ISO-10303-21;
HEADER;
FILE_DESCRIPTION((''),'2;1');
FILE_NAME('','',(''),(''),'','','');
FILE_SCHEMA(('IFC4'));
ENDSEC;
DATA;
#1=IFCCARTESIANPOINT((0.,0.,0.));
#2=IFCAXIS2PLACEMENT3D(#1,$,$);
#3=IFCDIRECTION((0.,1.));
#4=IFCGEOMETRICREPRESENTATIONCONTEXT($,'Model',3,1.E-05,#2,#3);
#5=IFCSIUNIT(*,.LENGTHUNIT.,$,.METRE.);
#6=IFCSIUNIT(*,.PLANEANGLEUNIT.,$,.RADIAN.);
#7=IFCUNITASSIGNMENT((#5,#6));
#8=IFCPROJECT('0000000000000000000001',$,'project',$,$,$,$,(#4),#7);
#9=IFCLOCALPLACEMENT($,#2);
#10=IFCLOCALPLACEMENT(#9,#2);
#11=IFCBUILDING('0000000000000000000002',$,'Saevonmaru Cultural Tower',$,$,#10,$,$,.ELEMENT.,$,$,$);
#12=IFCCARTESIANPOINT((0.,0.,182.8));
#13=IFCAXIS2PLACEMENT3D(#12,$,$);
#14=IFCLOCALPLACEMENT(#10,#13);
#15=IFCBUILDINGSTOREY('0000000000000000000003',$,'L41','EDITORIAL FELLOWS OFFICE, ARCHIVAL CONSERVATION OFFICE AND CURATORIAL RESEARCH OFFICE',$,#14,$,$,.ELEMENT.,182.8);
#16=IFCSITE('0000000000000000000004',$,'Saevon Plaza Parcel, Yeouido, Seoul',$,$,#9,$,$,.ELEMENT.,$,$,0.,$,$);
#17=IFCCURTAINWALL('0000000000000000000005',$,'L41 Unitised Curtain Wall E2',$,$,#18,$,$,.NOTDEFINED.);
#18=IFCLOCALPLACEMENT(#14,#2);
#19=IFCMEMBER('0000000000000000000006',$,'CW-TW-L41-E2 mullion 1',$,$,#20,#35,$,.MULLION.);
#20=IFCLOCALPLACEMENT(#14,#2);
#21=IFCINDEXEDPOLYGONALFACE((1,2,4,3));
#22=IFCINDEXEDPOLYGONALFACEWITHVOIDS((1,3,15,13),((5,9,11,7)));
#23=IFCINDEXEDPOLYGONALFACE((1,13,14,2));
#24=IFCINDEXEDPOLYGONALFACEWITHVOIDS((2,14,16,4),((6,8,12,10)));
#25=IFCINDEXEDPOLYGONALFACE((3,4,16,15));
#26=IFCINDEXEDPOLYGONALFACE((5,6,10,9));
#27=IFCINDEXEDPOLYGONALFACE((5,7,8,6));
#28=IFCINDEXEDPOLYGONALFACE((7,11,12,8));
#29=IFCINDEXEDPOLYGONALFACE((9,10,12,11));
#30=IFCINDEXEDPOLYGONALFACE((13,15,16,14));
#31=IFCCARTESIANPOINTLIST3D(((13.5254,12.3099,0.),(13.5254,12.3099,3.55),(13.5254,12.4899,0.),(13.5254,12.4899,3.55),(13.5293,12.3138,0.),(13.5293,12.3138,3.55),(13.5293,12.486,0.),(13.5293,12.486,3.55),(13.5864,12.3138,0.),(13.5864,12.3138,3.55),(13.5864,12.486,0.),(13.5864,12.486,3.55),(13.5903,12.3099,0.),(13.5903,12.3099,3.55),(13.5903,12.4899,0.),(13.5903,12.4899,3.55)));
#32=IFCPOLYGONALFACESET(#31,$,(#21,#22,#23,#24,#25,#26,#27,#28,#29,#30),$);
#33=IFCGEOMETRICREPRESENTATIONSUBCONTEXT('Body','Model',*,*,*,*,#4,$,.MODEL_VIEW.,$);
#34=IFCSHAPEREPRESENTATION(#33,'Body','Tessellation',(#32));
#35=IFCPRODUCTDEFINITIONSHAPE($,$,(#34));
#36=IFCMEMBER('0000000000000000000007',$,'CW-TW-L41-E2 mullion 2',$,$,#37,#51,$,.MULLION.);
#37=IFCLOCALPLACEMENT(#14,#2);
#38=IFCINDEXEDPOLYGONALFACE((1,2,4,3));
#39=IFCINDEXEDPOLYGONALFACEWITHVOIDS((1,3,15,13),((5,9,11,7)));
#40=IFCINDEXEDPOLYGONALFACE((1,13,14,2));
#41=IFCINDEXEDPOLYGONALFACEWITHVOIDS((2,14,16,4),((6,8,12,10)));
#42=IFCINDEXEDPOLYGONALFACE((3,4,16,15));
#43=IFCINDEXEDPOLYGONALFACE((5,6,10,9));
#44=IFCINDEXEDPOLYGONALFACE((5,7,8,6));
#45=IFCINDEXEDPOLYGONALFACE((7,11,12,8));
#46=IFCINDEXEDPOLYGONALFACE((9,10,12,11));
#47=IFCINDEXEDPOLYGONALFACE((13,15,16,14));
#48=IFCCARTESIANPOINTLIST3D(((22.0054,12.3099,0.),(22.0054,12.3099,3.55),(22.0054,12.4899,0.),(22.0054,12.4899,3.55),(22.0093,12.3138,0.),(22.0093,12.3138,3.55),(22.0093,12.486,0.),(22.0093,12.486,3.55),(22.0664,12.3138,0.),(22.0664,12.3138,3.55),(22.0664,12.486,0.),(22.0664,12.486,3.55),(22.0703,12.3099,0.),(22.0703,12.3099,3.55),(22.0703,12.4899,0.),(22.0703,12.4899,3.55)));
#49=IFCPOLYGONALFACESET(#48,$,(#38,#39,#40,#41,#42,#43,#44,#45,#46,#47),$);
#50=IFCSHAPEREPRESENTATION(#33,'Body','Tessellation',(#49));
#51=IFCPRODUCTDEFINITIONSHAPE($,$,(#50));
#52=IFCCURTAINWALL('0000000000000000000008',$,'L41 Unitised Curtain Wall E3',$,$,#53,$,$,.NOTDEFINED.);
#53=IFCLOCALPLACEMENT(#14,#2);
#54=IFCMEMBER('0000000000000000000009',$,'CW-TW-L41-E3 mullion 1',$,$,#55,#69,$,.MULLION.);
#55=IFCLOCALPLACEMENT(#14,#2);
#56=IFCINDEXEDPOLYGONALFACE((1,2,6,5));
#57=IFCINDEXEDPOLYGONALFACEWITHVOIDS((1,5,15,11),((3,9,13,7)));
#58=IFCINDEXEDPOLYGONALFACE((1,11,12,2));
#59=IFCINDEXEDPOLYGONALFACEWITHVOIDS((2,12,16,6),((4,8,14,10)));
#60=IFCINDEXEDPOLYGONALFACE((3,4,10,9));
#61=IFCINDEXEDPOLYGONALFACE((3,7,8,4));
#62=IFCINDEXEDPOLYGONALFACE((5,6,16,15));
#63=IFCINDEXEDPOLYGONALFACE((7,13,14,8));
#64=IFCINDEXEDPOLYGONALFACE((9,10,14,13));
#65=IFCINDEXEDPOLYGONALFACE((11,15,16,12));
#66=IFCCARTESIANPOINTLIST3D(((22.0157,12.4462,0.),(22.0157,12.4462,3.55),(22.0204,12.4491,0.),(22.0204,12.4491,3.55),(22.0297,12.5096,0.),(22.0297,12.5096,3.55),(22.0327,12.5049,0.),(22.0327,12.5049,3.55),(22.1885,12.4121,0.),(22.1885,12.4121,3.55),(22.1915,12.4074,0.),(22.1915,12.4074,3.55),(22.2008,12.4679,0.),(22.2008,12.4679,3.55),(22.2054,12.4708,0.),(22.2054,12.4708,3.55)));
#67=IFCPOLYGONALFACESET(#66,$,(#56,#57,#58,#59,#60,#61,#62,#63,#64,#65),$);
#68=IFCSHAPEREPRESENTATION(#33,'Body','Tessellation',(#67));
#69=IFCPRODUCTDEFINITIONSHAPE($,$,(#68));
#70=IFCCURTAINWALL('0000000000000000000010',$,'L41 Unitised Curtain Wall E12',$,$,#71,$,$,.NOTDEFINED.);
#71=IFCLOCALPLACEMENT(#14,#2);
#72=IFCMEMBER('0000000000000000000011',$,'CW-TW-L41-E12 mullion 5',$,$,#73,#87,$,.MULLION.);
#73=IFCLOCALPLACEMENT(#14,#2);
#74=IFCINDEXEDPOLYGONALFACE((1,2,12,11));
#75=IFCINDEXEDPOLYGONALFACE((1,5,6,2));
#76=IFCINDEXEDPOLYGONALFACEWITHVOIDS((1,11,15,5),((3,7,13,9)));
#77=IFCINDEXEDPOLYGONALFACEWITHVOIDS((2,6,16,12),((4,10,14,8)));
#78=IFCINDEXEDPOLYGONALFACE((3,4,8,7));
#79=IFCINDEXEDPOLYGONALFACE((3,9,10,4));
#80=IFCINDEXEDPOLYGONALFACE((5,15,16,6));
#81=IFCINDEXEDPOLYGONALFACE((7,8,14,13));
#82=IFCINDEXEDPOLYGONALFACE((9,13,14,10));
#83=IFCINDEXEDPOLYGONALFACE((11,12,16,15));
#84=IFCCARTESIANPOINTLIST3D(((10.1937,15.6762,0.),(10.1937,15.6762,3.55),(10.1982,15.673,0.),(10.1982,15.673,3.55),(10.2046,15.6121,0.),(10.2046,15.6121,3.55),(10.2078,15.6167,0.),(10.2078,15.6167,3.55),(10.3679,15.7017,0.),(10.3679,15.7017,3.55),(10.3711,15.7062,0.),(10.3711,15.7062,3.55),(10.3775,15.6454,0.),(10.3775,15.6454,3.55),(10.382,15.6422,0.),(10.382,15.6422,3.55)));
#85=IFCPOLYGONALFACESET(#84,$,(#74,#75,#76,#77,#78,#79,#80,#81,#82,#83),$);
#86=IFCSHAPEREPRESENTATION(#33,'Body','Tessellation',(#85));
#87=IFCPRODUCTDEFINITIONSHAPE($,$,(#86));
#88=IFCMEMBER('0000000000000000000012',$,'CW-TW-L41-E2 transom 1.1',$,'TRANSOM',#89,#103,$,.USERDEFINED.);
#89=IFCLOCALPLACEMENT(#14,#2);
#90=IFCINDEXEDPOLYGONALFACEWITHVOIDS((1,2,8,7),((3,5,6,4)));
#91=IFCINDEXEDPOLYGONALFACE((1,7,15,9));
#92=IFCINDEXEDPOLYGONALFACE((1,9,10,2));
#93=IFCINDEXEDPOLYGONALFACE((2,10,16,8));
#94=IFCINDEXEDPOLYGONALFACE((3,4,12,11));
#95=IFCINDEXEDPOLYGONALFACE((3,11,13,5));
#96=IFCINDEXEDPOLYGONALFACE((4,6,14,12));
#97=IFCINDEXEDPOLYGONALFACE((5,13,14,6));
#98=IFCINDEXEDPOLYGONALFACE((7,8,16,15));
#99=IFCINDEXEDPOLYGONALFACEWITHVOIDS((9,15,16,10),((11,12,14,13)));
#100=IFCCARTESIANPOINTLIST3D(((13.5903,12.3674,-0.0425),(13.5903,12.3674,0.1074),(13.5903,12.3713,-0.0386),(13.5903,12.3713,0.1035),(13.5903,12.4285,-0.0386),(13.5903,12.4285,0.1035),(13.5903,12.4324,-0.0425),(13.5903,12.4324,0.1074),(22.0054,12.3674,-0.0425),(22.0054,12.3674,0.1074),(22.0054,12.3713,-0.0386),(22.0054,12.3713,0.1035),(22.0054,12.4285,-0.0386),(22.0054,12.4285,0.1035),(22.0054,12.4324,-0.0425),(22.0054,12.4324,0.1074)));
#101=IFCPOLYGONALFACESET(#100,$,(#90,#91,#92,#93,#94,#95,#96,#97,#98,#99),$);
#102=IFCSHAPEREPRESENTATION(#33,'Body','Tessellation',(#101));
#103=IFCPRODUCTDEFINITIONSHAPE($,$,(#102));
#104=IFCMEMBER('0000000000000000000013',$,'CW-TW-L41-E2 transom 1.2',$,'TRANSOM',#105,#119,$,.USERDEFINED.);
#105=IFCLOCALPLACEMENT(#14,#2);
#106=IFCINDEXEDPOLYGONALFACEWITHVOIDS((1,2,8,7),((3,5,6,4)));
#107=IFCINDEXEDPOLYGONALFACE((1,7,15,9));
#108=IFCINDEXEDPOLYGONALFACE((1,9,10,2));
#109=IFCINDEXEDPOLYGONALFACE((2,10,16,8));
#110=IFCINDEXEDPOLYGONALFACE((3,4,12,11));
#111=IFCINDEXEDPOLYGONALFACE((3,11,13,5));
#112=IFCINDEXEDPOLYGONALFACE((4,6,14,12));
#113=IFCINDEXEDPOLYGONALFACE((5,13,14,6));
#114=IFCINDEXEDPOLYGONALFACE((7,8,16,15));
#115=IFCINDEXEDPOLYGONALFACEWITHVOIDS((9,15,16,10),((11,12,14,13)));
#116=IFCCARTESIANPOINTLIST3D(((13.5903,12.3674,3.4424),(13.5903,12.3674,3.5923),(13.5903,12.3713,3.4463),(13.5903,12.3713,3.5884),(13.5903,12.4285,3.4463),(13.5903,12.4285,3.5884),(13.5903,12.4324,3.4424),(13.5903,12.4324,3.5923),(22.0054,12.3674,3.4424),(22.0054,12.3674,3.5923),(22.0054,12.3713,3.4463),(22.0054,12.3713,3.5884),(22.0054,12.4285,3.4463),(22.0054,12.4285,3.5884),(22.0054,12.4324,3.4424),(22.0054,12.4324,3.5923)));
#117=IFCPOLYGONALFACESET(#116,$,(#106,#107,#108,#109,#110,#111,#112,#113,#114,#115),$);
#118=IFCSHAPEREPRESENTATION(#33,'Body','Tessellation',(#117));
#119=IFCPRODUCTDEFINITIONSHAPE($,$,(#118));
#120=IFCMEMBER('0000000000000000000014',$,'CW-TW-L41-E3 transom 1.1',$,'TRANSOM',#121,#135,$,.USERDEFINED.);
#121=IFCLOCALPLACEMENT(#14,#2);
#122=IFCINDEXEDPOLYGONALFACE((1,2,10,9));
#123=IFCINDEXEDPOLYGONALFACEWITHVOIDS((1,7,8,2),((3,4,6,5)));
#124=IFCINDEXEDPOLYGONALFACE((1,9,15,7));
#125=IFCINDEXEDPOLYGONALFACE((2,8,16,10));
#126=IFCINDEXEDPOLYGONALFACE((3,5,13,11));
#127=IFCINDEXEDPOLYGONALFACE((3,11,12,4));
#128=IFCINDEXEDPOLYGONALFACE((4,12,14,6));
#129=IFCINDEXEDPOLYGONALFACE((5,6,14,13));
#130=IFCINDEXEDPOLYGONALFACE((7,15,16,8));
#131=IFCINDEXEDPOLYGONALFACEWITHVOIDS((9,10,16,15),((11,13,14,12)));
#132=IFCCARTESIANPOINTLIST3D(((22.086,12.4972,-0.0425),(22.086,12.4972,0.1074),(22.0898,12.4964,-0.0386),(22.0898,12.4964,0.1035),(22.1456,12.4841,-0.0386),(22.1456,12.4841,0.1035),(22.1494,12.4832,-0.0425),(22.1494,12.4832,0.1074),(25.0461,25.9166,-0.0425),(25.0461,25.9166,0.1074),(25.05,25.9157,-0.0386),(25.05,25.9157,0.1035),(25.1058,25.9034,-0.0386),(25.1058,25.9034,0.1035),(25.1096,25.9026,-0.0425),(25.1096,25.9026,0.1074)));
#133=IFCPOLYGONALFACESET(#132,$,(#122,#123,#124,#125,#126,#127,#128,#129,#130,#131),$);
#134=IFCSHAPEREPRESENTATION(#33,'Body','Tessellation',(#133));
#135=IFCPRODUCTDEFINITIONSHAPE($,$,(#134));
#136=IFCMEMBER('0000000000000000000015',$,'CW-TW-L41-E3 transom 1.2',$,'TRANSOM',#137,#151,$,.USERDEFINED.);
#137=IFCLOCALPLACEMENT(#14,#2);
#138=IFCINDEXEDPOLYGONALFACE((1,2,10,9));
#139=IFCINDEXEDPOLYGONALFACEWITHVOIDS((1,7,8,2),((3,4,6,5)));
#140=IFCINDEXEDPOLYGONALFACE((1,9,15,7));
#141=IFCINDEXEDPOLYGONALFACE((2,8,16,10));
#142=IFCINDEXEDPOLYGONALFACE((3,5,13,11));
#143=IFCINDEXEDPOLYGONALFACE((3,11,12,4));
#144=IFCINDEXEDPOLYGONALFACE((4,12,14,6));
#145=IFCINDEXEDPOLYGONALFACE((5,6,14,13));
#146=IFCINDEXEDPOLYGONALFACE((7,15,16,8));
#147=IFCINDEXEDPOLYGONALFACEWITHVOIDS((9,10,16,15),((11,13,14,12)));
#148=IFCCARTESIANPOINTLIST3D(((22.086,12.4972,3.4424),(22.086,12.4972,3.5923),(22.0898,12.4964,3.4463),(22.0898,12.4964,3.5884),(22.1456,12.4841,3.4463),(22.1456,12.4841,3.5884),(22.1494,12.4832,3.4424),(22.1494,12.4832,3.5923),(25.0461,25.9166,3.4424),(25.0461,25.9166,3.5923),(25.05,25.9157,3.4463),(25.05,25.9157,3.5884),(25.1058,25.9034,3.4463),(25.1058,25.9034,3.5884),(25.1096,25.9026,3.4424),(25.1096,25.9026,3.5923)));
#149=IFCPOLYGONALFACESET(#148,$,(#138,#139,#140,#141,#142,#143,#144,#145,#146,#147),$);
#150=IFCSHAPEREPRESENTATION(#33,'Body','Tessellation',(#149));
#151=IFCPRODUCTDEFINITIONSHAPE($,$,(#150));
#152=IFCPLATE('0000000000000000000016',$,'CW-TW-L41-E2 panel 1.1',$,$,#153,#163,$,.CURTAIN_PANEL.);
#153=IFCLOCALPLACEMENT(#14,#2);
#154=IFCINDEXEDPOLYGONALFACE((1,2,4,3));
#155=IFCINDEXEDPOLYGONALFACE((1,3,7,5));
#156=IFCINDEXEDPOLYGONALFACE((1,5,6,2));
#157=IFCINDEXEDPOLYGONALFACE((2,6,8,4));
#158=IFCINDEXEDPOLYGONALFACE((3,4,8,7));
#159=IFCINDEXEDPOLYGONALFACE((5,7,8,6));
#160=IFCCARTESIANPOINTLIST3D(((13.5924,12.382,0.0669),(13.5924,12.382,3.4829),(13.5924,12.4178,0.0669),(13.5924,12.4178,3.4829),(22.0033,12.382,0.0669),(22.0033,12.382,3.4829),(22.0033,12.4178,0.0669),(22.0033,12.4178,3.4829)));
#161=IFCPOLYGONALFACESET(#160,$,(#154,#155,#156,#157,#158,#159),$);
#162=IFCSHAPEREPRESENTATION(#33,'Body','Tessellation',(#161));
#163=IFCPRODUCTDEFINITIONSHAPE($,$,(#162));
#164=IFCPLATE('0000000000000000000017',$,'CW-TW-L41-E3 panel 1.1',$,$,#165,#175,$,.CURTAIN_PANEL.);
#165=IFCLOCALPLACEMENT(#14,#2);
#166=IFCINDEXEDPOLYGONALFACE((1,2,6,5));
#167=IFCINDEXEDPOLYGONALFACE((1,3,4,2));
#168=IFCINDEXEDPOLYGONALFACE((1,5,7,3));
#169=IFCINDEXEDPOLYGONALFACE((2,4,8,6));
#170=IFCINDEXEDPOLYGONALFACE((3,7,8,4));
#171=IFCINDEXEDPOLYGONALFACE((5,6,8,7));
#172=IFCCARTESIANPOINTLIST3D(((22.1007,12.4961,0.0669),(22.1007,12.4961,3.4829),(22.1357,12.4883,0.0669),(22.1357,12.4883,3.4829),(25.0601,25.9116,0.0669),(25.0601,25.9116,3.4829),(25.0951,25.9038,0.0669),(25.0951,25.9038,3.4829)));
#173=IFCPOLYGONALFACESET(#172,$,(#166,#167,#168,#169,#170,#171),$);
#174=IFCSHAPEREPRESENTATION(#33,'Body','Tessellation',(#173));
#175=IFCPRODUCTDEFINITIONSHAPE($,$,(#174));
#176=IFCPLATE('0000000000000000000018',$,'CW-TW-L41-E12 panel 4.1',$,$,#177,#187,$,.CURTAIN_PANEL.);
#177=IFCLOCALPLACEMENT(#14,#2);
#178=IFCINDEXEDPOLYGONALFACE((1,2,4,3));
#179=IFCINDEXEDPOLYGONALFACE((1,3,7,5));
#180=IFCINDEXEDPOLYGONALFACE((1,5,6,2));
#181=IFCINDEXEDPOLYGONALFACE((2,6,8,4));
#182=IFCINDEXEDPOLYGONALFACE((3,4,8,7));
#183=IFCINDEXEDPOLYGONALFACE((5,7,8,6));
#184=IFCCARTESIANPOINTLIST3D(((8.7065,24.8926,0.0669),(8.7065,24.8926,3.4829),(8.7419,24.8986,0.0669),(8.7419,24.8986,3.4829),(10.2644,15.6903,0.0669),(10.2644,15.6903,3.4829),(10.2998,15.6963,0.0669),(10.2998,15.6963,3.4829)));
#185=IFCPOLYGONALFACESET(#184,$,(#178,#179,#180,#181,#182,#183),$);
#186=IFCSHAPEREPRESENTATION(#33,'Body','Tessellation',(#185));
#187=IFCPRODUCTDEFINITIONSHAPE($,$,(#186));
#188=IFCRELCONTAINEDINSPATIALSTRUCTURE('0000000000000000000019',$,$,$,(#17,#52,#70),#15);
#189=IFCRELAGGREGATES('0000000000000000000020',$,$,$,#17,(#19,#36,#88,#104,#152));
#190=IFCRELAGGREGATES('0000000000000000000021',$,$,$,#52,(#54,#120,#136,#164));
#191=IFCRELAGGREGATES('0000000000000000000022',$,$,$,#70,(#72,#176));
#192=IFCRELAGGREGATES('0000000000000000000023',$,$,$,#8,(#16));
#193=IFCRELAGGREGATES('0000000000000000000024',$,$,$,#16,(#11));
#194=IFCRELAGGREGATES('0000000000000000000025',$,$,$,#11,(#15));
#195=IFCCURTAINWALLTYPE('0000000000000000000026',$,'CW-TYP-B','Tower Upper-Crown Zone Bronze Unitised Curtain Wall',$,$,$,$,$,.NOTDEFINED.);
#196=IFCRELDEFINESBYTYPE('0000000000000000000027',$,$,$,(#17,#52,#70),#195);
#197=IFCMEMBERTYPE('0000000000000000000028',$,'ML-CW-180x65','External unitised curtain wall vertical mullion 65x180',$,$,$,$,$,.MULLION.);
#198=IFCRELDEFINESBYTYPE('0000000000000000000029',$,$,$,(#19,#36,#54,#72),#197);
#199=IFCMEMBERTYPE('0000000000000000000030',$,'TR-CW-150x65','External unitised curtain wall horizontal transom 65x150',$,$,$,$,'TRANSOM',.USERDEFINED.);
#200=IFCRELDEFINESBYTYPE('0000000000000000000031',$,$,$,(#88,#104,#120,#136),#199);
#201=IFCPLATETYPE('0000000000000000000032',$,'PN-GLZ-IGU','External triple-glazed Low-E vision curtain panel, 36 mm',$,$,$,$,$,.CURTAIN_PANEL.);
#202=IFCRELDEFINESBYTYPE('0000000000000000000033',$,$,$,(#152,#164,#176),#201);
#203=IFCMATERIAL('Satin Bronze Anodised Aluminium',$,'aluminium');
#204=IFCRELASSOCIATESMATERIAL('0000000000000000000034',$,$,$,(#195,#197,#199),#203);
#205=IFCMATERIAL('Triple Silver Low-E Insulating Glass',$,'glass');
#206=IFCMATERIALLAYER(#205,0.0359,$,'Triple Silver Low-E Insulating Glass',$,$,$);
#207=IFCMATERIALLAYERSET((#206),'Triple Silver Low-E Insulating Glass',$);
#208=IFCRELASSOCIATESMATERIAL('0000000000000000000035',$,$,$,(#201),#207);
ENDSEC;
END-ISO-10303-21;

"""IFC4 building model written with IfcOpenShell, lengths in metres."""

from ifc_helpers import new_model, si_unit, direction, frame, origin, origin_2d, place, context, subcontext, project, spatial, rectangle, hollow_rectangle, extrude, material, layer, layer_set, material_profile, profile_set, type_object, element, aggregate, save


model = new_model("IFC4")

# Units and contexts
model_context = context("Model", 3, precision=1e-05, world=origin(), true_north=direction((0.0, 1.0)))
body_context = subcontext(model_context, "Body", "Model", "MODEL_VIEW")
ifc_project = project(units=[si_unit("LENGTHUNIT", "METRE"), si_unit("PLANEANGLEUNIT", "RADIAN")], contexts=[model_context])

# Site, building, storey
site_placement = place(None, origin())
site = spatial("IfcSite", under=ifc_project, at=site_placement, Name="Saevon Plaza Parcel, Yeouido, Seoul", CompositionType="ELEMENT", RefElevation=0.0)
building_placement = place(site_placement, origin())
building = spatial("IfcBuilding", under=site, at=building_placement, Name="Saevonmaru Cultural Tower", CompositionType="ELEMENT")
storey_placement = place(building_placement, frame((0.0, 0.0, 182.8)))
storey = spatial("IfcBuildingStorey", under=building, at=storey_placement, Name="L41", Description="EDITORIAL FELLOWS OFFICE, ARCHIVAL CONSERVATION OFFICE AND CURATORIAL RESEARCH OFFICE", CompositionType="ELEMENT", Elevation=182.8)

# Curtain wall, members
ifc_material_1 = material(Name="Satin Bronze Anodised Aluminium", Category="aluminium")
curtain_wall_type = type_object("IfcCurtainWallType", Name="CW-TYP-B", Description="Tower Upper-Crown Zone Bronze Unitised Curtain Wall", PredefinedType="NOTDEFINED", material=ifc_material_1)
curtain_wall_1_placement = place(storey_placement, origin())
curtain_wall_1 = element("IfcCurtainWall", 1, at=curtain_wall_1_placement, inside=storey, type_object=curtain_wall_type, Name="L41 Unitised Curtain Wall E2", PredefinedType="NOTDEFINED")
ifc_material_profile_1 = material_profile(ifc_material_1, hollow_rectangle(XDim=0.0649, YDim=0.1799, WallThickness=0.0039, at=origin_2d()), Name="ALU-MULL-180x65x4")
ifc_profile_set_1 = profile_set([ifc_material_profile_1], Name="Satin Bronze Anodised Aluminium")
member_type_1 = type_object("IfcMemberType", Name="ML-CW-180x65", Description="External unitised curtain wall vertical mullion 65x180", PredefinedType="MULLION", material=ifc_profile_set_1)
member_1_placement = place(storey_placement, frame((13.5579, 12.3999, 0.0), z_axis=(0.0, 0.0, 1.0), x_axis=(1.0, 0.0, 0.0)))
member_1 = element("IfcMember", 2, at=member_1_placement, type_object=member_type_1, Name="CW-TW-L41-E2 mullion 1", PredefinedType="MULLION", context=body_context, shape_type="SweptSolid", body=[
    extrude(hollow_rectangle(XDim=0.0649, YDim=0.1799, WallThickness=0.0039, at=origin_2d()), origin(), (0.0, 0.0, 1.0), 3.55),
])
member_2_placement = place(storey_placement, frame((22.0378, 12.3999, 0.0), z_axis=(0.0, 0.0, 1.0), x_axis=(1.0, 0.0, 0.0)))
member_2 = element("IfcMember", 3, at=member_2_placement, type_object=member_type_1, Name="CW-TW-L41-E2 mullion 2", PredefinedType="MULLION", context=body_context, shape_type="SweptSolid", body=[
    extrude(hollow_rectangle(XDim=0.0649, YDim=0.1799, WallThickness=0.0039, at=origin_2d()), origin(), (0.0, 0.0, 1.0), 3.55),
])

# Curtain walls, members
curtain_wall_2_placement = place(storey_placement, origin())
curtain_wall_2 = element("IfcCurtainWall", 4, at=curtain_wall_2_placement, inside=storey, type_object=curtain_wall_type, Name="L41 Unitised Curtain Wall E3", PredefinedType="NOTDEFINED")
member_3_placement = place(storey_placement, frame((22.1106, 12.4585, 0.0), z_axis=(0.0, 0.0, 1.0), x_axis=(0.215413, 0.976523, 0.0)))
member_3 = element("IfcMember", 5, at=member_3_placement, type_object=member_type_1, Name="CW-TW-L41-E3 mullion 1", PredefinedType="MULLION", context=body_context, shape_type="SweptSolid", body=[
    extrude(hollow_rectangle(XDim=0.0649, YDim=0.1799, WallThickness=0.0039, at=origin_2d()), origin(), (0.0, 0.0, 1.0), 3.55),
])
curtain_wall_3_placement = place(storey_placement, origin())
curtain_wall_3 = element("IfcCurtainWall", 6, at=curtain_wall_3_placement, inside=storey, type_object=curtain_wall_type, Name="L41 Unitised Curtain Wall E12", PredefinedType="NOTDEFINED")
member_4_placement = place(storey_placement, frame((10.2878, 15.6592, 0.0), z_axis=(0.0, 0.0, 1.0), x_axis=(0.166922, -0.98597, 0.0)))
member_4 = element("IfcMember", 7, at=member_4_placement, type_object=member_type_1, Name="CW-TW-L41-E12 mullion 5", PredefinedType="MULLION", context=body_context, shape_type="SweptSolid", body=[
    extrude(hollow_rectangle(XDim=0.0649, YDim=0.1799, WallThickness=0.0039, at=origin_2d()), origin(), (0.0, 0.0, 1.0), 3.55),
])

# Members
ifc_material_profile_2 = material_profile(ifc_material_1, hollow_rectangle(XDim=0.0649, YDim=0.1499, WallThickness=0.0039, at=origin_2d()), Name="ALU-TRAN-150x65x4")
ifc_profile_set_2 = profile_set([ifc_material_profile_2], Name="Satin Bronze Anodised Aluminium")
member_type_2 = type_object("IfcMemberType", Name="TR-CW-150x65", Description="External unitised curtain wall horizontal transom 65x150", ElementType="TRANSOM", PredefinedType="USERDEFINED", material=ifc_profile_set_2)
member_5_placement = place(storey_placement, frame((13.5903, 12.3999, 0.0325), z_axis=(1.0, 0.0, 0.0), x_axis=(0.0, 1.0, 0.0)))
member_5 = element("IfcMember", 8, at=member_5_placement, type_object=member_type_2, Name="CW-TW-L41-E2 transom 1.1", ObjectType="TRANSOM", PredefinedType="USERDEFINED", context=body_context, shape_type="SweptSolid", body=[
    extrude(hollow_rectangle(XDim=0.0649, YDim=0.1499, WallThickness=0.0039, at=origin_2d()), origin(), (0.0, 0.0, 1.0), 8.415),
])
member_6_placement = place(storey_placement, frame((13.5903, 12.3999, 3.5173), z_axis=(1.0, 0.0, 0.0), x_axis=(0.0, 1.0, 0.0)))
member_6 = element("IfcMember", 9, at=member_6_placement, type_object=member_type_2, Name="CW-TW-L41-E2 transom 1.2", ObjectType="TRANSOM", PredefinedType="USERDEFINED", context=body_context, shape_type="SweptSolid", body=[
    extrude(hollow_rectangle(XDim=0.0649, YDim=0.1499, WallThickness=0.0039, at=origin_2d()), origin(), (0.0, 0.0, 1.0), 8.415),
])
member_7_placement = place(storey_placement, frame((22.1177, 12.4902, 0.0325), z_axis=(0.215412, 0.976523, 0.0), x_axis=(-0.976523, 0.215412, 0.0)))
member_7 = element("IfcMember", 10, at=member_7_placement, type_object=member_type_2, Name="CW-TW-L41-E3 transom 1.1", ObjectType="TRANSOM", PredefinedType="USERDEFINED", context=body_context, shape_type="SweptSolid", body=[
    extrude(hollow_rectangle(XDim=0.0649, YDim=0.1499, WallThickness=0.0039, at=origin_2d()), origin(), (0.0, 0.0, 1.0), 13.7419),
])
member_8_placement = place(storey_placement, frame((22.1177, 12.4902, 3.5173), z_axis=(0.215412, 0.976523, 0.0), x_axis=(-0.976523, 0.215412, 0.0)))
member_8 = element("IfcMember", 11, at=member_8_placement, type_object=member_type_2, Name="CW-TW-L41-E3 transom 1.2", ObjectType="TRANSOM", PredefinedType="USERDEFINED", context=body_context, shape_type="SweptSolid", body=[
    extrude(hollow_rectangle(XDim=0.0649, YDim=0.1499, WallThickness=0.0039, at=origin_2d()), origin(), (0.0, 0.0, 1.0), 13.7419),
])

# Plates
ifc_material_2 = material(Name="Triple Silver Low-E Insulating Glass", Category="glass")
ifc_layer_1 = layer(ifc_material_2, 0.0359, Name="Triple Silver Low-E Insulating Glass")
ifc_layer_set_1 = layer_set([ifc_layer_1], Name="Triple Silver Low-E Insulating Glass")
plate_type = type_object("IfcPlateType", Name="PN-GLZ-IGU", Description="External triple-glazed Low-E vision curtain panel, 36 mm", PredefinedType="CURTAIN_PANEL", material=ifc_layer_set_1)
plate_1_placement = place(storey_placement, frame((17.7979, 12.3999, 0.0669), z_axis=(0.0, 0.0, 1.0), x_axis=(1.0, 0.0, 0.0)))
plate_1 = element("IfcPlate", 12, at=plate_1_placement, type_object=plate_type, Name="CW-TW-L41-E2 panel 1.1", PredefinedType="CURTAIN_PANEL", context=body_context, shape_type="SweptSolid", body=[
    extrude(rectangle(XDim=8.4109, YDim=0.0359, at=origin_2d()), origin(), (0.0, 0.0, 1.0), 3.416),
])
aggregate(curtain_wall_1, [member_1, member_2, member_5, member_6, plate_1])
plate_2_placement = place(storey_placement, frame((23.5979, 19.2, 0.0669), z_axis=(0.0, 0.0, 1.0), x_axis=(0.215413, 0.976523, 0.0)))
plate_2 = element("IfcPlate", 13, at=plate_2_placement, type_object=plate_type, Name="CW-TW-L41-E3 panel 1.1", PredefinedType="CURTAIN_PANEL", context=body_context, shape_type="SweptSolid", body=[
    extrude(rectangle(XDim=13.738, YDim=0.0359, at=origin_2d()), origin(), (0.0, 0.0, 1.0), 3.416),
])
aggregate(curtain_wall_2, [member_3, member_7, member_8, plate_2])
plate_3_placement = place(storey_placement, frame((9.5032, 20.2944, 0.0669), z_axis=(0.0, 0.0, 1.0), x_axis=(0.166922, -0.98597, 0.0)))
plate_3 = element("IfcPlate", 14, at=plate_3_placement, type_object=plate_type, Name="CW-TW-L41-E12 panel 4.1", PredefinedType="CURTAIN_PANEL", context=body_context, shape_type="SweptSolid", body=[
    extrude(rectangle(XDim=9.3333, YDim=0.0359, at=origin_2d()), origin(), (0.0, 0.0, 1.0), 3.416),
])
aggregate(curtain_wall_3, [member_4, plate_3])

save(model, "model.ifc")
